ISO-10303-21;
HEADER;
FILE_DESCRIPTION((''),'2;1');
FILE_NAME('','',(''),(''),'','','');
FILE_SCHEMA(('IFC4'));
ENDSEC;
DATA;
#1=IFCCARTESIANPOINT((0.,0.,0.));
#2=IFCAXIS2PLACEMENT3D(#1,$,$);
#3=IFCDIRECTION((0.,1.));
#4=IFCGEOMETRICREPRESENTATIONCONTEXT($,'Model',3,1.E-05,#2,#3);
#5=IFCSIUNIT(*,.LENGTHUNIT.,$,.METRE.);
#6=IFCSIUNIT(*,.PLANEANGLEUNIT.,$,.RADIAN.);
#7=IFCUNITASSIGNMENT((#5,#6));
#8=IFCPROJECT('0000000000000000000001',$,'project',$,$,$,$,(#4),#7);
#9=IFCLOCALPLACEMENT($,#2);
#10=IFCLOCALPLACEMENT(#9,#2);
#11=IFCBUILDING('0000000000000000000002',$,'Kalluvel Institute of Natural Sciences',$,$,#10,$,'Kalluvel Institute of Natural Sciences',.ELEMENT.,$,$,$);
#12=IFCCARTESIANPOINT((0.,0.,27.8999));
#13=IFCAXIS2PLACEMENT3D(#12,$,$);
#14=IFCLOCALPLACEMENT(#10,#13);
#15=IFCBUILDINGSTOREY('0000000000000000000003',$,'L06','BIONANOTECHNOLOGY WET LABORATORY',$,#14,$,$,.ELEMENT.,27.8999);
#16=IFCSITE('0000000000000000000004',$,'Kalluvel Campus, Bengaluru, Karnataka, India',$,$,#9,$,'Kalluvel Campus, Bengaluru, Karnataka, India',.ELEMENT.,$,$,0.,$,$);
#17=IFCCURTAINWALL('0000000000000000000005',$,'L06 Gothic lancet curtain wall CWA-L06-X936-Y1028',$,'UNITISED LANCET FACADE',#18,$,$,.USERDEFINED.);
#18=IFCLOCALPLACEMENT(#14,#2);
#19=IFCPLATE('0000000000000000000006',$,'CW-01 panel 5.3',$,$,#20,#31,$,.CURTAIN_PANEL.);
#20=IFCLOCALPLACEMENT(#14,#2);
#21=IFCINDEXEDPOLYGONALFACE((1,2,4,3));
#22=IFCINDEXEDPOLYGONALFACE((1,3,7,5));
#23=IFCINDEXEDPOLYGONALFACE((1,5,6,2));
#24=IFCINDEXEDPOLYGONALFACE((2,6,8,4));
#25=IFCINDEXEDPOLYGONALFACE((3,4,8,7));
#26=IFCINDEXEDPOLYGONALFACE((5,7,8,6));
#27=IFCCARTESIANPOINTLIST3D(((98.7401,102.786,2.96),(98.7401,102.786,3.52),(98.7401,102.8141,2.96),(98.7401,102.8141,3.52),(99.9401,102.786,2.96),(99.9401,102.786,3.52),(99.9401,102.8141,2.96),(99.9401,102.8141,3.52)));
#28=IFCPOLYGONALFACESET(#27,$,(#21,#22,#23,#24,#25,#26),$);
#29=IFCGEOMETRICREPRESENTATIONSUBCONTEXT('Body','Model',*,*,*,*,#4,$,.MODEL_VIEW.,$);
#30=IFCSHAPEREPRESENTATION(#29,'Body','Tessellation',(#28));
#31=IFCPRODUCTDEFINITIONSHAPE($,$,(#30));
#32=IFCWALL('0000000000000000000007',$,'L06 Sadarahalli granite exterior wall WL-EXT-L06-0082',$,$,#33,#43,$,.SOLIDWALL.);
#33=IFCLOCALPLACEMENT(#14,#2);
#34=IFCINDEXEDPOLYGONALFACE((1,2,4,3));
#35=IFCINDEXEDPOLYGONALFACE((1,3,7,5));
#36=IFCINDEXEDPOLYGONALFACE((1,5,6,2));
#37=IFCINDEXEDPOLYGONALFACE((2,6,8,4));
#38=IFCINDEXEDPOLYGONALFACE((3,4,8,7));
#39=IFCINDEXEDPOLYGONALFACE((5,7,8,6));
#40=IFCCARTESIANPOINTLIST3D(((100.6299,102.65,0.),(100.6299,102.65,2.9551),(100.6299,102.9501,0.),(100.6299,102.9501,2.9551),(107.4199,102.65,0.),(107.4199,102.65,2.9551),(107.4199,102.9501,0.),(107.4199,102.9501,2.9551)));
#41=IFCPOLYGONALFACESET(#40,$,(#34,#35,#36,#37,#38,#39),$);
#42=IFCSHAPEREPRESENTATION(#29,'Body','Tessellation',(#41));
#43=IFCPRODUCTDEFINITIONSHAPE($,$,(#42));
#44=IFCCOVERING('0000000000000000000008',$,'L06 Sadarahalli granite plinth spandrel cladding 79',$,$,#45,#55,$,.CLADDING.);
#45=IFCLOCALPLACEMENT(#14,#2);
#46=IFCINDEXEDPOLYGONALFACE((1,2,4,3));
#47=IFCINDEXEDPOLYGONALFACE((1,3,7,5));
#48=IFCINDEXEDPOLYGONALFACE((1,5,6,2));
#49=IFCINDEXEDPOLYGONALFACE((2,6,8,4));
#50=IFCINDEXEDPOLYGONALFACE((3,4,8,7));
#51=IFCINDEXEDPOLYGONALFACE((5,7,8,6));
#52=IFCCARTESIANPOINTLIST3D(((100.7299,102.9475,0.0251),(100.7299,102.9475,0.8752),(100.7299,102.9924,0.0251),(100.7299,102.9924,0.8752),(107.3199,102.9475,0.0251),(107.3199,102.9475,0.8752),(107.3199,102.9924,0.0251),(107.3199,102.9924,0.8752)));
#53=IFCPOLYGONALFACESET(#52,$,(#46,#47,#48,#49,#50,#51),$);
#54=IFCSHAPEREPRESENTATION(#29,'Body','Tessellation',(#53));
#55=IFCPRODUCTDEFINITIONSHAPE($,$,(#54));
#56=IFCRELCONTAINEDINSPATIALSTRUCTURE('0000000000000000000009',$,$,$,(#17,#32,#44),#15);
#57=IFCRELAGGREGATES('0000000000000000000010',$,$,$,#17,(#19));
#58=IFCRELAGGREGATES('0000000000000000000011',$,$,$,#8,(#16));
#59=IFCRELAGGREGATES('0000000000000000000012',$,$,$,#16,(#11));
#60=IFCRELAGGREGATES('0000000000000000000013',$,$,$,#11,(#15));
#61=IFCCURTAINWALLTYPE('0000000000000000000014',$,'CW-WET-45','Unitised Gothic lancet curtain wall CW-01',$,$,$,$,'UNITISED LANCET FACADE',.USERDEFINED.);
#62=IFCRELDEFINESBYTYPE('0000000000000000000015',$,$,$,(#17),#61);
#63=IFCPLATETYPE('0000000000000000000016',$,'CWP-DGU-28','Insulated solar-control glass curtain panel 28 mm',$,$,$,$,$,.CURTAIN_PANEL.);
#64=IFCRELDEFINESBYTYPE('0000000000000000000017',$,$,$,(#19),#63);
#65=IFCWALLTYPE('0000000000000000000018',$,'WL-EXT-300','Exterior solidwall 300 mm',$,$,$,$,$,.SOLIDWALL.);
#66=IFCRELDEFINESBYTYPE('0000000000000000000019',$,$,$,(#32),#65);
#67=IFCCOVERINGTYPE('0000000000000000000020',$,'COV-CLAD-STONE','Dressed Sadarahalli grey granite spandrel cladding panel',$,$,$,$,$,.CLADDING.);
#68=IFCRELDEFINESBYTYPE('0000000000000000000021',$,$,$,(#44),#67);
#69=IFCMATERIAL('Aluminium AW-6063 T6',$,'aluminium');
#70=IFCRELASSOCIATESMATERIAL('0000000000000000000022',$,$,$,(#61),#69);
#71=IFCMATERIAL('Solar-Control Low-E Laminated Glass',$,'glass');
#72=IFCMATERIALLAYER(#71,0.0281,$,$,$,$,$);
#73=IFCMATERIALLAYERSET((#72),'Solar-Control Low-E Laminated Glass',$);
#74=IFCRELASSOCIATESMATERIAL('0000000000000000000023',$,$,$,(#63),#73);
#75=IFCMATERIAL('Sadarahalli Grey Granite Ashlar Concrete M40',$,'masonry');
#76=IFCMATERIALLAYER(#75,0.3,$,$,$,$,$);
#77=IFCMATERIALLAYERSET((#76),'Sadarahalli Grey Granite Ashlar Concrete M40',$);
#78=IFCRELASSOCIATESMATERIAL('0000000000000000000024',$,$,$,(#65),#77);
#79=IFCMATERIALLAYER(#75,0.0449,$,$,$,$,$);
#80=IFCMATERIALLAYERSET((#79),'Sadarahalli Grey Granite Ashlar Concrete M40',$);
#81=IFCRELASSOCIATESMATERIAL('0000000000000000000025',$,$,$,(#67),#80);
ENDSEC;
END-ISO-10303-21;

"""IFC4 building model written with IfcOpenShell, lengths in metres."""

from ifc_helpers import new_model, si_unit, direction, frame, frame_2d, origin, origin_2d, place, context, subcontext, project, spatial, rectangle, extrude, material, layer, layer_set, type_object, element, aggregate, save


model = new_model("IFC4")

# Units and contexts
model_context = context("Model", 3, precision=1e-05, world=origin(), true_north=direction((0.0, 1.0)))
body_context = subcontext(model_context, "Body", "Model", "MODEL_VIEW")
ifc_project = project(units=[si_unit("LENGTHUNIT", "METRE"), si_unit("PLANEANGLEUNIT", "RADIAN")], contexts=[model_context])

# Site, building, storey
site_placement = place(None, origin())
site = spatial("IfcSite", under=ifc_project, at=site_placement, Name="Kalluvel Campus, Bengaluru, Karnataka, India", LongName="Kalluvel Campus, Bengaluru, Karnataka, India", CompositionType="ELEMENT", RefElevation=0.0)
building_placement = place(site_placement, origin())
building = spatial("IfcBuilding", under=site, at=building_placement, Name="Kalluvel Institute of Natural Sciences", LongName="Kalluvel Institute of Natural Sciences", CompositionType="ELEMENT")
storey_placement = place(building_placement, frame((0.0, 0.0, 27.8999)))
storey = spatial("IfcBuildingStorey", under=building, at=storey_placement, Name="L06", Description="BIONANOTECHNOLOGY WET LABORATORY", CompositionType="ELEMENT", Elevation=27.8999)

# Curtain wall
ifc_material_1 = material(Name="Aluminium AW-6063 T6", Category="aluminium")
curtain_wall_type = type_object("IfcCurtainWallType", Name="CW-WET-45", Description="Unitised Gothic lancet curtain wall CW-01", ElementType="UNITISED LANCET FACADE", PredefinedType="USERDEFINED", material=ifc_material_1)
curtain_wall_1_placement = place(storey_placement, origin())
curtain_wall_1 = element("IfcCurtainWall", 1, at=curtain_wall_1_placement, inside=storey, type_object=curtain_wall_type, Name="L06 Gothic lancet curtain wall CWA-L06-X936-Y1028", ObjectType="UNITISED LANCET FACADE", PredefinedType="USERDEFINED")

# Plate
ifc_material_2 = material(Name="Solar-Control Low-E Laminated Glass", Category="glass")
ifc_layer_1 = layer(ifc_material_2, 0.0281)
ifc_layer_set_1 = layer_set([ifc_layer_1], Name="Solar-Control Low-E Laminated Glass")
plate_type = type_object("IfcPlateType", Name="CWP-DGU-28", Description="Insulated solar-control glass curtain panel 28 mm", PredefinedType="CURTAIN_PANEL", material=ifc_layer_set_1)
plate_1_placement = place(storey_placement, frame((99.3401, 102.8, 2.96), z_axis=(0.0, 0.0, 1.0), x_axis=(1.0, 0.0, 0.0)))
plate_1 = element("IfcPlate", 2, at=plate_1_placement, type_object=plate_type, Name="CW-01 panel 5.3", PredefinedType="CURTAIN_PANEL", context=body_context, shape_type="SweptSolid", body=[
    extrude(rectangle(XDim=1.2, YDim=0.0281, at=origin_2d()), origin(), (0.0, 0.0, 1.0), 0.5601),
])
aggregate(curtain_wall_1, [plate_1])

# Wall
ifc_material_3 = material(Name="Sadarahalli Grey Granite Ashlar Concrete M40", Category="masonry")
ifc_layer_2 = layer(ifc_material_3, 0.3)
ifc_layer_set_2 = layer_set([ifc_layer_2], Name="Sadarahalli Grey Granite Ashlar Concrete M40")
wall_type = type_object("IfcWallType", Name="WL-EXT-300", Description="Exterior solidwall 300 mm", PredefinedType="SOLIDWALL", material=ifc_layer_set_2)
wall_placement = place(storey_placement, frame((100.6299, 102.8, 0.0), z_axis=(0.0, 0.0, 1.0), x_axis=(1.0, 0.0, 0.0)))
element("IfcWall", 3, at=wall_placement, inside=storey, type_object=wall_type, Name="L06 Sadarahalli granite exterior wall WL-EXT-L06-0082", PredefinedType="SOLIDWALL", context=body_context, shape_type="SweptSolid", body=[
    extrude(rectangle(XDim=6.79, YDim=0.3, at=frame_2d((3.395, 0.0))), origin(), (0.0, 0.0, 1.0), 2.9551),
])

# Covering
ifc_layer_3 = layer(ifc_material_3, 0.0449)
ifc_layer_set_3 = layer_set([ifc_layer_3], Name="Sadarahalli Grey Granite Ashlar Concrete M40")
covering_type = type_object("IfcCoveringType", Name="COV-CLAD-STONE", Description="Dressed Sadarahalli grey granite spandrel cladding panel", PredefinedType="CLADDING", material=ifc_layer_set_3)
covering_placement = place(storey_placement, frame((104.0249, 102.97, 0.0251), z_axis=(0.0, 0.0, 1.0), x_axis=(1.0, 0.0, 0.0)))
element("IfcCovering", 4, at=covering_placement, inside=storey, type_object=covering_type, Name="L06 Sadarahalli granite plinth spandrel cladding 79", PredefinedType="CLADDING", context=body_context, shape_type="SweptSolid", body=[
    extrude(rectangle(XDim=6.5901, YDim=0.0449, at=origin_2d()), origin(), (0.0, 0.0, 1.0), 0.8501),
])

save(model, "model.ifc")
